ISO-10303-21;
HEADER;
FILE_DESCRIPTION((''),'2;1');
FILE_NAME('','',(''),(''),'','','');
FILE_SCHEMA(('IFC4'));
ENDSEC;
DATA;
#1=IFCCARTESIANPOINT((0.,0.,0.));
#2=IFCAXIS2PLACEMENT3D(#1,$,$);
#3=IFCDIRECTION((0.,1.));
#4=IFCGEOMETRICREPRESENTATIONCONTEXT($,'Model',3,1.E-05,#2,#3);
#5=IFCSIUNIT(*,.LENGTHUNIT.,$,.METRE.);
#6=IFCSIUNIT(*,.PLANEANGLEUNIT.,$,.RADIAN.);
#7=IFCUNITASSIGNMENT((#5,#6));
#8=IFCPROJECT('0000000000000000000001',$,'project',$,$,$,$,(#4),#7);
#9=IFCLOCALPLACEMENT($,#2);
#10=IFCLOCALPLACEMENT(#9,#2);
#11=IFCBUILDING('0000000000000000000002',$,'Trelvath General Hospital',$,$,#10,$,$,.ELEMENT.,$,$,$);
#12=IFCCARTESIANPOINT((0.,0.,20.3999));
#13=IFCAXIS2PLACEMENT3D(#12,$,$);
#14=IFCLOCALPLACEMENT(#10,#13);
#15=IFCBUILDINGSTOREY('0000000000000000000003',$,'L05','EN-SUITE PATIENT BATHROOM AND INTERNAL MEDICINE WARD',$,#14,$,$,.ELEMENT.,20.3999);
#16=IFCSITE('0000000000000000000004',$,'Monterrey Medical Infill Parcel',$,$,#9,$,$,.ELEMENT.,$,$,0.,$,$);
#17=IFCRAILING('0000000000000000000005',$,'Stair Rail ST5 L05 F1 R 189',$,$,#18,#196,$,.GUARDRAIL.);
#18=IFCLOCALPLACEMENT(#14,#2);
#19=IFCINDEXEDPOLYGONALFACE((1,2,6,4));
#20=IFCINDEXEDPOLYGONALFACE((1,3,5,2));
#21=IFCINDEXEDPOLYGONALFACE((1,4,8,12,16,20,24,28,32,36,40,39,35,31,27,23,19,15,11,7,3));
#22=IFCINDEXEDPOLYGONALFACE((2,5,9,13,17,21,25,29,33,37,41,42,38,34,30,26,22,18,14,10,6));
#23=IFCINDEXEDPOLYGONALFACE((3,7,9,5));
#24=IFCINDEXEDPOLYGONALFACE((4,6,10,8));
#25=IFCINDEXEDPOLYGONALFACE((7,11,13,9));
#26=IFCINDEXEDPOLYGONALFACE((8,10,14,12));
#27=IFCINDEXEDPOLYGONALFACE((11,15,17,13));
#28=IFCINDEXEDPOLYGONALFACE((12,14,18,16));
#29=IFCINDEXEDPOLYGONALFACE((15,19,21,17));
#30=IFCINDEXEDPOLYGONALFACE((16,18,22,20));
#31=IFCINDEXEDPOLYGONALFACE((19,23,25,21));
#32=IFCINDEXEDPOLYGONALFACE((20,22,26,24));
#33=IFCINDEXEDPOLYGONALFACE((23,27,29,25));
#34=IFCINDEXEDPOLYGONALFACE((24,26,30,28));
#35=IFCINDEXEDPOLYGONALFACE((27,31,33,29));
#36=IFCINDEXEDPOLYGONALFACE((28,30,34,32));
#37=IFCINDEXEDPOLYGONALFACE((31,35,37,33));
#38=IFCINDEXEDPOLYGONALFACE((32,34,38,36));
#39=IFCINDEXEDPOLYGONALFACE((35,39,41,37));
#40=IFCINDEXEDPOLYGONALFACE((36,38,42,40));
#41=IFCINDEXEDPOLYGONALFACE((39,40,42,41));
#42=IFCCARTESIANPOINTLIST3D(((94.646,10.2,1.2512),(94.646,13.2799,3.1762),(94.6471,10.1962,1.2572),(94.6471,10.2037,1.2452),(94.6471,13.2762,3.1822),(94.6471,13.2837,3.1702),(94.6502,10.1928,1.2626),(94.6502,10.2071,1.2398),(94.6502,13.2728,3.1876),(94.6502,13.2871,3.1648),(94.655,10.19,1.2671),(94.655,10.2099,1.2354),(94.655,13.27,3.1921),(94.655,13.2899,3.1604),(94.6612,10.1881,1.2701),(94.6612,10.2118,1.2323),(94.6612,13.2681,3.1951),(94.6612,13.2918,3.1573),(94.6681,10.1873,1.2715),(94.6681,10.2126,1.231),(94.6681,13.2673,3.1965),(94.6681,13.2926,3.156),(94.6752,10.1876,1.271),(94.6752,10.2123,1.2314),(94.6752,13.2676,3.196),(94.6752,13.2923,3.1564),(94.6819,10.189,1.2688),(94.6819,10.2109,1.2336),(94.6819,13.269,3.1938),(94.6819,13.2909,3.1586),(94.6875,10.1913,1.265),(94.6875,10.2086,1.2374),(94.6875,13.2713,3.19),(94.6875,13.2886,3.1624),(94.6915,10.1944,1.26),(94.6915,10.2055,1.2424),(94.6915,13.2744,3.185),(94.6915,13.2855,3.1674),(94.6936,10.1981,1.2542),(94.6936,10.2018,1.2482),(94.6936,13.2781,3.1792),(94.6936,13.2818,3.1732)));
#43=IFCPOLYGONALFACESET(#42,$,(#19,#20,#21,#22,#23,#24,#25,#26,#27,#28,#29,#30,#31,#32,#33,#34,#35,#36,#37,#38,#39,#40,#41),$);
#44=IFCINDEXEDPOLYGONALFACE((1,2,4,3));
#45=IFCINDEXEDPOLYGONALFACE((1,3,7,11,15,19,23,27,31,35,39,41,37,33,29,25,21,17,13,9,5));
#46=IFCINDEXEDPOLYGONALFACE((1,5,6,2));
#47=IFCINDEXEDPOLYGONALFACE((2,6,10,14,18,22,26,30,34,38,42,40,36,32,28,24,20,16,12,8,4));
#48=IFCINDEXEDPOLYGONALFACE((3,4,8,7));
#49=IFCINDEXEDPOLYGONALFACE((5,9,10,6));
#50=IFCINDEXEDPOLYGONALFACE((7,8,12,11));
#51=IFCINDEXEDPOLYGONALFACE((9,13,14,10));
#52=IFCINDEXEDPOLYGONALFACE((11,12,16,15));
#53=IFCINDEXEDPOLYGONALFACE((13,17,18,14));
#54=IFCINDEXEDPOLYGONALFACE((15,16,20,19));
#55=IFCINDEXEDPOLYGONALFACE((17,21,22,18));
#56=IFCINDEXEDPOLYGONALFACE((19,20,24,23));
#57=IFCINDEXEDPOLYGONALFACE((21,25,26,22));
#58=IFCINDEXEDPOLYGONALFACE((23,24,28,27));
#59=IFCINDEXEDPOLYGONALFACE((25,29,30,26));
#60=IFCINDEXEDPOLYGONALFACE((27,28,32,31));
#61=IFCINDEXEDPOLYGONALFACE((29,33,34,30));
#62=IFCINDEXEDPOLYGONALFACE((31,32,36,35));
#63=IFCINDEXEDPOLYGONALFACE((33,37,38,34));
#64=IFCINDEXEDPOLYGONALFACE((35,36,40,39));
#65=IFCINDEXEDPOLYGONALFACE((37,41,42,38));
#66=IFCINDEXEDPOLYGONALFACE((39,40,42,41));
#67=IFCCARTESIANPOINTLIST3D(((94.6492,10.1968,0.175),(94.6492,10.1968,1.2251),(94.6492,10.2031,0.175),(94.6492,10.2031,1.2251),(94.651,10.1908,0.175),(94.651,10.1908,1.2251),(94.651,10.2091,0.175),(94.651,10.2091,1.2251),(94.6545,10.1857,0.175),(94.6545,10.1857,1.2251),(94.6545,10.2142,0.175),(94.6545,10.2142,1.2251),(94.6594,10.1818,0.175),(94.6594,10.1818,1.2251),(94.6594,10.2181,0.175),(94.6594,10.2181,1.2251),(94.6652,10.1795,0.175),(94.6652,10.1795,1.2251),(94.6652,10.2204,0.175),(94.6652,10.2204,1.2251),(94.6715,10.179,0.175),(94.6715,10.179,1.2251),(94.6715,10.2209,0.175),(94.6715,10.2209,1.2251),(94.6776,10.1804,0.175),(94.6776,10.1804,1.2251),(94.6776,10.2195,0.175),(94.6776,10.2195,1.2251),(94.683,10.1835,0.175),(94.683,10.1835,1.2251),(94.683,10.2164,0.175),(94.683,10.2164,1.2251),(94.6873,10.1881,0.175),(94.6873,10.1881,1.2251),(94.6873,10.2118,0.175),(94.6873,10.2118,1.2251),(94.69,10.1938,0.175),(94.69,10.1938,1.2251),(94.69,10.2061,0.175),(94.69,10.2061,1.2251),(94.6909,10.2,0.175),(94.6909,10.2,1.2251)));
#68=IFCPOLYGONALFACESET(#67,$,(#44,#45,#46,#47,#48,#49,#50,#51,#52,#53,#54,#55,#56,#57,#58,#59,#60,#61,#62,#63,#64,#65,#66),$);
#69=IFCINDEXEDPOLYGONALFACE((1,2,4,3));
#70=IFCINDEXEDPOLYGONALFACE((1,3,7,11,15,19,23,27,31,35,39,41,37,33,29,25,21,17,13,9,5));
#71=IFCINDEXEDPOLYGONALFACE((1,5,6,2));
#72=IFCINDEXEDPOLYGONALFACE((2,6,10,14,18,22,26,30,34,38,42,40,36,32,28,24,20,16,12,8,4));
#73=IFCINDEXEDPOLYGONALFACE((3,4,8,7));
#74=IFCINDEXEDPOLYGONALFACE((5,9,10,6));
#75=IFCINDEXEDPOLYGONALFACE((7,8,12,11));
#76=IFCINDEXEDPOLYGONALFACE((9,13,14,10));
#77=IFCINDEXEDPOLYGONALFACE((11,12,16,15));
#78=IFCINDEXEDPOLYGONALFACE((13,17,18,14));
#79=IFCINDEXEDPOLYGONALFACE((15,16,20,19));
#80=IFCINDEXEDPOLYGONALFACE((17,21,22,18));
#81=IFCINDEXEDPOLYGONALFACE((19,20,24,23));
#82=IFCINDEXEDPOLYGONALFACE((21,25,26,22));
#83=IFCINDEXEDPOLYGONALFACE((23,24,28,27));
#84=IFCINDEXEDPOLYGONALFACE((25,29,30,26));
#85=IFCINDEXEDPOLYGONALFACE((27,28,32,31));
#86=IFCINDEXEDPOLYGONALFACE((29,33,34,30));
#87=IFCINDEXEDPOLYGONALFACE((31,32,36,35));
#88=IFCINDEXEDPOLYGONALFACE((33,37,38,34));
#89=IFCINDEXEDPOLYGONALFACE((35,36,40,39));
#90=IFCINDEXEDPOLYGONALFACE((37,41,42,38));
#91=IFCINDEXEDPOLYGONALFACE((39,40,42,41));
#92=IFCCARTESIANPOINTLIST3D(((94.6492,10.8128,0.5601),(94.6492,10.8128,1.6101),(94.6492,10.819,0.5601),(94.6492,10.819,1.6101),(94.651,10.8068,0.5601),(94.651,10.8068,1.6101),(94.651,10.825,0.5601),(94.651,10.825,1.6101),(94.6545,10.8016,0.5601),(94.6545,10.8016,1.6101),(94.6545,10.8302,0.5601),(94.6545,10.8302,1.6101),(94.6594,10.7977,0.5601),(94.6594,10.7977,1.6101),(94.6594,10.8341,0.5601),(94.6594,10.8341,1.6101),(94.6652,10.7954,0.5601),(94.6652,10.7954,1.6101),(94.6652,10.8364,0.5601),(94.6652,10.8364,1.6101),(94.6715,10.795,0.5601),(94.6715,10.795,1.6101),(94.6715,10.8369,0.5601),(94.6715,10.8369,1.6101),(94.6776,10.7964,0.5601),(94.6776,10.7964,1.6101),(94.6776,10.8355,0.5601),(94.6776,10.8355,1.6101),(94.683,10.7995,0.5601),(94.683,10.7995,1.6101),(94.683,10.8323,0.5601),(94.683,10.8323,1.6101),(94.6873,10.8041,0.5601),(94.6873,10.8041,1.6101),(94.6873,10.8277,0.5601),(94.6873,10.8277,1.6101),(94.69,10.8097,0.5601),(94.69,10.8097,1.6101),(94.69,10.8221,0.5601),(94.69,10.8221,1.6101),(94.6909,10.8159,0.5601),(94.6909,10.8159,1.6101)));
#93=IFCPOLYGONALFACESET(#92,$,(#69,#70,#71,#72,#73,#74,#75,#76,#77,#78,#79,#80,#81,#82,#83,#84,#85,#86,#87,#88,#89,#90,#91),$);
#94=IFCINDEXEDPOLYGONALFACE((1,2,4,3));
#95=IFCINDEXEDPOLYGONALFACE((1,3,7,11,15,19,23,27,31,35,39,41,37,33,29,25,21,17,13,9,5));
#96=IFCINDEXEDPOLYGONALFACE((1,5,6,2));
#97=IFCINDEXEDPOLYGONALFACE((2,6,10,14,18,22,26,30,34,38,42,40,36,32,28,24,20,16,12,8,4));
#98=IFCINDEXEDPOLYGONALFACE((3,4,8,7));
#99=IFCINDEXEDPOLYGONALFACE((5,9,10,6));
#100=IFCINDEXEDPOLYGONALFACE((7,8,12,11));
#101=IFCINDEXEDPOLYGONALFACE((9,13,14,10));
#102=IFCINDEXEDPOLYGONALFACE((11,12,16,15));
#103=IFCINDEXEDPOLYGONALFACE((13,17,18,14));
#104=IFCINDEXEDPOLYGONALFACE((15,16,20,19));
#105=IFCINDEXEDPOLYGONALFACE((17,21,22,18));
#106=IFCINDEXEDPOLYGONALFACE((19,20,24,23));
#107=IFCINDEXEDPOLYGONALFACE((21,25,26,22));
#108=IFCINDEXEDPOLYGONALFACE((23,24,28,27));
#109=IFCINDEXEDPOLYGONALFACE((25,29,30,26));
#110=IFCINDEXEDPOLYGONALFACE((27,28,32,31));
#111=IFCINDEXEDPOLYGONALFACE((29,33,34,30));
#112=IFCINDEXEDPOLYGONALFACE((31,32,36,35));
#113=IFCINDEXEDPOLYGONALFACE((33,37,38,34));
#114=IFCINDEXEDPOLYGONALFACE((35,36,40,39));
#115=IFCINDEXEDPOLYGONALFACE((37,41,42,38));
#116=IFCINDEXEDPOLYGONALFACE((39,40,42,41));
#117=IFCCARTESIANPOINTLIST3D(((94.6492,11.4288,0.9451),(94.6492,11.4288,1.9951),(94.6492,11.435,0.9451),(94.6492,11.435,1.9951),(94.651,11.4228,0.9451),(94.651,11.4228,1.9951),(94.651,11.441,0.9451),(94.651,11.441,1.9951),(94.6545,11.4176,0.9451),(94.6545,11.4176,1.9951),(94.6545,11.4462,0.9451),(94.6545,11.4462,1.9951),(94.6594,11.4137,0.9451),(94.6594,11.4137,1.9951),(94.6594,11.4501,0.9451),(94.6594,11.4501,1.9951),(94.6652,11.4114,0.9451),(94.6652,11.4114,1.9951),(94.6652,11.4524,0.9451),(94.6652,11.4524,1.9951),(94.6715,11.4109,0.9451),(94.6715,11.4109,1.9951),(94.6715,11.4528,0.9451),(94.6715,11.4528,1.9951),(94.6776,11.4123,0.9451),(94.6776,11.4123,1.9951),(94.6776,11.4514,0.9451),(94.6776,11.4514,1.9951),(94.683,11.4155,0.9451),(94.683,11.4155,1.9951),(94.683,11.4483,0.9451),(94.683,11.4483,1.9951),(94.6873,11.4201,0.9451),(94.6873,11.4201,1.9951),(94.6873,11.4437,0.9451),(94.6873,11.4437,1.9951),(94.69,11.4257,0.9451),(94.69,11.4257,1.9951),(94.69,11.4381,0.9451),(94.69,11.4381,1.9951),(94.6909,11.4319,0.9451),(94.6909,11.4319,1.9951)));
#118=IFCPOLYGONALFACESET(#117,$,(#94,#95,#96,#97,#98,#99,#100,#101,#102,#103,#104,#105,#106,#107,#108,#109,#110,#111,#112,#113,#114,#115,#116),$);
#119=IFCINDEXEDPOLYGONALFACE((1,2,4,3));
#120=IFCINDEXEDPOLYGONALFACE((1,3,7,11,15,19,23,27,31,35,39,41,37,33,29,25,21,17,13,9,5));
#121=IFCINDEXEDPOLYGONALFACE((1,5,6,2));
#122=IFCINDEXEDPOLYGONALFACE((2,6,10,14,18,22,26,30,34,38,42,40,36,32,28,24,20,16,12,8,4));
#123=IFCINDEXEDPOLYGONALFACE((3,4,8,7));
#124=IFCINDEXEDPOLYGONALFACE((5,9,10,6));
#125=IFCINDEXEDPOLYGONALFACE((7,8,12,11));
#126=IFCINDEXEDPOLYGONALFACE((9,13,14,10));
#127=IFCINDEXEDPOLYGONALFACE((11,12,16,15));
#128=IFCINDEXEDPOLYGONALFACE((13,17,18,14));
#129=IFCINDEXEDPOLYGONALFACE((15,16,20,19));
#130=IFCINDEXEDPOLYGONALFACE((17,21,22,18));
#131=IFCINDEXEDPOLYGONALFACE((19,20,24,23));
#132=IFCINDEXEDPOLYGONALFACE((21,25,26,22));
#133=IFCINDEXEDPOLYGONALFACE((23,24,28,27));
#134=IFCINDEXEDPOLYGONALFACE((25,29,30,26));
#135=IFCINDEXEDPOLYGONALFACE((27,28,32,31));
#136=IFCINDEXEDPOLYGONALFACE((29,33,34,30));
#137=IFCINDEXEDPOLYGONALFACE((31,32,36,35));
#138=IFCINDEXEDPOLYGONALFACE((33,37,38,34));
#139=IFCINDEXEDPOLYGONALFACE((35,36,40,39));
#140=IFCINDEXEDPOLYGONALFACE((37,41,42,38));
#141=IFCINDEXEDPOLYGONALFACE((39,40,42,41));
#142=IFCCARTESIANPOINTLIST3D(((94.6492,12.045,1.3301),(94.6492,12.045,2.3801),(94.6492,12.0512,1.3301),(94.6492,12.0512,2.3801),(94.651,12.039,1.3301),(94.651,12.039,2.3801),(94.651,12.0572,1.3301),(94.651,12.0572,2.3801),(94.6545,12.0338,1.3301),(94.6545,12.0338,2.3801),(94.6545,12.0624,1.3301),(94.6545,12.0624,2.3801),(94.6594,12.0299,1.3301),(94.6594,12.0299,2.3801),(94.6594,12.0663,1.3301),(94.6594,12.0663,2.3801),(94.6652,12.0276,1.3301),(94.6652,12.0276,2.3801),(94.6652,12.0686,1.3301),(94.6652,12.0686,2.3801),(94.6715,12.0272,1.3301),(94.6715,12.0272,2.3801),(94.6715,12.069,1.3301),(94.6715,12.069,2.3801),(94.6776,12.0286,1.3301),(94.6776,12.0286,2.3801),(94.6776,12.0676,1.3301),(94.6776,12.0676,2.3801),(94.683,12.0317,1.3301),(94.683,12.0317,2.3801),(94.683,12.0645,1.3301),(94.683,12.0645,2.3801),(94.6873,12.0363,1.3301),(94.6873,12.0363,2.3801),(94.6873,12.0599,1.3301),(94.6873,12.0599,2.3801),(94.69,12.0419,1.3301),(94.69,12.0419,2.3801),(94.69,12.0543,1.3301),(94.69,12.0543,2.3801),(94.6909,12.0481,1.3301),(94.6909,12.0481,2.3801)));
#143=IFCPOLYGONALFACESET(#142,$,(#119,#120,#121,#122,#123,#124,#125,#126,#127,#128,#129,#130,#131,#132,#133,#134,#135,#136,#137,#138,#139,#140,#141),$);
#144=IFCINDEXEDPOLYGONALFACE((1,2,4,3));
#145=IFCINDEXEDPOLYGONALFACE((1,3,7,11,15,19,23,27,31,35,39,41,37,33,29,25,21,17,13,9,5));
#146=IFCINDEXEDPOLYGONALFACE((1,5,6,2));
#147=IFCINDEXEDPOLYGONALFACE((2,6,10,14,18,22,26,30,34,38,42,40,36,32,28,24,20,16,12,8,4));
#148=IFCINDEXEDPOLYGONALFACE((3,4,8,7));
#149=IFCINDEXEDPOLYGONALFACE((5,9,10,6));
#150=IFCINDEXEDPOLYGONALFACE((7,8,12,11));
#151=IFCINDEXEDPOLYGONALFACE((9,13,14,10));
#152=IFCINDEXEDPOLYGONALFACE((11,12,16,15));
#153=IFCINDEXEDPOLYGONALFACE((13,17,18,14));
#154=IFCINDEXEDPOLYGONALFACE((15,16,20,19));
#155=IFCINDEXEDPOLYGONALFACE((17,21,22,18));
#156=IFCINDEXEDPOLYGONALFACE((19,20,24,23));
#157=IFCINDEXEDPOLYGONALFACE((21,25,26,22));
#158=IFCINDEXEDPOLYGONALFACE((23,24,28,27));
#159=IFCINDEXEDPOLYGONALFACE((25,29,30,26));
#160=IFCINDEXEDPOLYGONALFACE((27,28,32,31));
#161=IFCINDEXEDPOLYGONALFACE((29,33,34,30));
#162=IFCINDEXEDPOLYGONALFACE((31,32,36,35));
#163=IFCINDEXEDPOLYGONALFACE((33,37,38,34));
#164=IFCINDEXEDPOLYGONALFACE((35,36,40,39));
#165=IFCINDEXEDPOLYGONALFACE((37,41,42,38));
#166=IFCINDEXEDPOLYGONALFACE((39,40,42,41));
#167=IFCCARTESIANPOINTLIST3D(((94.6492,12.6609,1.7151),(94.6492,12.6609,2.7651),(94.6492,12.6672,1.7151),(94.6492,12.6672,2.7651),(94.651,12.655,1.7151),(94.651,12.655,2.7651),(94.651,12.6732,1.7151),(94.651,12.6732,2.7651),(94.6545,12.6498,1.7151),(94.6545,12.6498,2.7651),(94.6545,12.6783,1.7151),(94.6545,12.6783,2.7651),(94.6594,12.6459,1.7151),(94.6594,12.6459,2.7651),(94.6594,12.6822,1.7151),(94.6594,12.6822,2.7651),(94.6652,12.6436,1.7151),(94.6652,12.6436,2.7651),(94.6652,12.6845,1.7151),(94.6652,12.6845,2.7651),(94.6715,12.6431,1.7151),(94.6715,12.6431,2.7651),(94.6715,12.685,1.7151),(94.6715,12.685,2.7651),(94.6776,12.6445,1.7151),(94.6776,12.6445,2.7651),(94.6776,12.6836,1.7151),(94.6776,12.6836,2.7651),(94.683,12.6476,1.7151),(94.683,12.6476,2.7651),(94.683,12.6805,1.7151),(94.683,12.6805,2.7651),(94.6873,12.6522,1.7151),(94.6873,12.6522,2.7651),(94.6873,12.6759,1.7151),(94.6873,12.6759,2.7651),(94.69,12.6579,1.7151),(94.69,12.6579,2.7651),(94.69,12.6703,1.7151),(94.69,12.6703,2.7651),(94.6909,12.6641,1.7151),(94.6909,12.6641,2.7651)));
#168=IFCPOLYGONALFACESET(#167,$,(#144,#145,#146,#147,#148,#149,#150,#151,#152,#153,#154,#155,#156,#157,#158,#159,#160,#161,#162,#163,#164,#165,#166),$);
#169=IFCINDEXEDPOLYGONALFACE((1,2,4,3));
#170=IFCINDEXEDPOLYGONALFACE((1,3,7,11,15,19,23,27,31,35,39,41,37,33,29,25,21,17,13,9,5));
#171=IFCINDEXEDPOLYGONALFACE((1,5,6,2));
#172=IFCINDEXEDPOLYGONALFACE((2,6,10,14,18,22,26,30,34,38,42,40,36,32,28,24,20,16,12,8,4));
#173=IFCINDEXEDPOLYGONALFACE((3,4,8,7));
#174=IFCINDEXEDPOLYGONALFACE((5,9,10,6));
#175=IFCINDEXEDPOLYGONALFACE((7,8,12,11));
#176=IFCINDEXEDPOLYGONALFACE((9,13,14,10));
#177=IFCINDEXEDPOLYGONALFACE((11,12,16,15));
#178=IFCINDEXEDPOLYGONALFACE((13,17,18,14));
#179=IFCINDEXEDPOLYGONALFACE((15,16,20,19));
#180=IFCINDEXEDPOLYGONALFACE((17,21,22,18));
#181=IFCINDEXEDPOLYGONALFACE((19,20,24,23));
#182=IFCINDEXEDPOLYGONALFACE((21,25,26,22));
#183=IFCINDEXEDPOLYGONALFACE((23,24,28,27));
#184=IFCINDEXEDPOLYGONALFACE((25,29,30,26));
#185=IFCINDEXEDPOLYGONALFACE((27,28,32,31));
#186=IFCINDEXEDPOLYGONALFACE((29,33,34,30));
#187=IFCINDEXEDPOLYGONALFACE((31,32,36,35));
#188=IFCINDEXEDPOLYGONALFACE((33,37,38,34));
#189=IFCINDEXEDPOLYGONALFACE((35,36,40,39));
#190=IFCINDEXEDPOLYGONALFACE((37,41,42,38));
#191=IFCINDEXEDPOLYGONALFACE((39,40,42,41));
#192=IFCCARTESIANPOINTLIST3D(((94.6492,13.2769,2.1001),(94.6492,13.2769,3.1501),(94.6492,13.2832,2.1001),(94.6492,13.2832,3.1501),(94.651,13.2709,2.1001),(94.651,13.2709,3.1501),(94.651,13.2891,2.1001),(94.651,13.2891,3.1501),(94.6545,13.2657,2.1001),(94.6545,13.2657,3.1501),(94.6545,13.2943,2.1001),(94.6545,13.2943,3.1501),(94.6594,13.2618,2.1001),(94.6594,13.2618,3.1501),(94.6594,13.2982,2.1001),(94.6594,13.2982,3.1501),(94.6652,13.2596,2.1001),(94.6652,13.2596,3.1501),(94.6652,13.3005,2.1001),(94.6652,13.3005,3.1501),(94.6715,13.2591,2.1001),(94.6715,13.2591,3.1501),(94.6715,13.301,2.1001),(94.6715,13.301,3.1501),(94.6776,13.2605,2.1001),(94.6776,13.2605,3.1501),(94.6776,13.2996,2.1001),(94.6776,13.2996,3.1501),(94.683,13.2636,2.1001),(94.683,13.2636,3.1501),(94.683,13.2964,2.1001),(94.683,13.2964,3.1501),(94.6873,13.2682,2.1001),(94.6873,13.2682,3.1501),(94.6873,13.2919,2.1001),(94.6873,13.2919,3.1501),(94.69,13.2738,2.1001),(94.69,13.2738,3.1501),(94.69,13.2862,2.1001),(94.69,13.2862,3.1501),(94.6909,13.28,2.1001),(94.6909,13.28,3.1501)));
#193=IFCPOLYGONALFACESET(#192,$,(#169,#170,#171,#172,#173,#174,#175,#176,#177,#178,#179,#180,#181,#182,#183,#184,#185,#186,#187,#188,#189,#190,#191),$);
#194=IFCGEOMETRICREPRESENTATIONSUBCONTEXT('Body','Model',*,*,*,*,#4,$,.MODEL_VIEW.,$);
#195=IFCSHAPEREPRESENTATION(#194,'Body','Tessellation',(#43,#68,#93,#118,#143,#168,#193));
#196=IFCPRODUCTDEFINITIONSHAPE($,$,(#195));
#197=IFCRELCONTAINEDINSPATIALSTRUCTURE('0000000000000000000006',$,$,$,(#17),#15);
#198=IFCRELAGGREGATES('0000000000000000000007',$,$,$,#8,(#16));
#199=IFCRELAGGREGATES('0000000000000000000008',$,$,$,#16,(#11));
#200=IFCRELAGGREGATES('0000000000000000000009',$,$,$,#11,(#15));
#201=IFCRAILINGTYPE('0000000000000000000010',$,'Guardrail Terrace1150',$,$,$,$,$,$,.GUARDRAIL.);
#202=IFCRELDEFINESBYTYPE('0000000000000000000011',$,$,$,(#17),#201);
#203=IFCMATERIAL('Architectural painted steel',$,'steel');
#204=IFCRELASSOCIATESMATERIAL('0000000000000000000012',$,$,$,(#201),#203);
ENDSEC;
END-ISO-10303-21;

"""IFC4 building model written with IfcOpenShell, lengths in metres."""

from ifc_helpers import new_model, si_unit, direction, frame, origin, origin_2d, place, context, subcontext, project, spatial, circle, extrude, material, type_object, element, save


model = new_model("IFC4")

# Units and contexts
model_context = context("Model", 3, precision=1e-05, world=origin(), true_north=direction((0.0, 1.0)))
body_context = subcontext(model_context, "Body", "Model", "MODEL_VIEW")
ifc_project = project(units=[si_unit("LENGTHUNIT", "METRE"), si_unit("PLANEANGLEUNIT", "RADIAN")], contexts=[model_context])

# Site, building, storey
site_placement = place(None, origin())
site = spatial("IfcSite", under=ifc_project, at=site_placement, Name="Monterrey Medical Infill Parcel", CompositionType="ELEMENT", RefElevation=0.0)
building_placement = place(site_placement, origin())
building = spatial("IfcBuilding", under=site, at=building_placement, Name="Trelvath General Hospital", CompositionType="ELEMENT")
storey_placement = place(building_placement, frame((0.0, 0.0, 20.3999)))
storey = spatial("IfcBuildingStorey", under=building, at=storey_placement, Name="L05", Description="EN-SUITE PATIENT BATHROOM AND INTERNAL MEDICINE WARD", CompositionType="ELEMENT", Elevation=20.3999)

# Railing
ifc_material_1 = material(Name="Architectural painted steel", Category="steel")
railing_type_1 = type_object("IfcRailingType", Name="Guardrail Terrace1150", PredefinedType="GUARDRAIL", material=ifc_material_1)
railing_1_placement = place(storey_placement, frame((94.6699, 10.2, 0.175)))
element("IfcRailing", 1, at=railing_1_placement, inside=storey, type_object=railing_type_1, Name="Stair Rail ST5 L05 F1 R 189", PredefinedType="GUARDRAIL", context=body_context, shape_type="SweptSolid", body=[
    extrude(circle(Radius=0.0239, at=origin_2d()), frame((0.0, 0.0, 1.0762), z_axis=(0.0, 0.847998, 0.529999), x_axis=(-1.0, 0.0, 0.0)), (0.0, 0.0, 1.0), 3.6321),
    extrude(circle(Radius=0.021, at=origin_2d()), origin(), (0.0, 0.0, 1.0), 1.05),
    extrude(circle(Radius=0.021, at=origin_2d()), frame((0.0, 0.616, 0.385)), (0.0, 0.0, 1.0), 1.05),
    extrude(circle(Radius=0.021, at=origin_2d()), frame((0.0, 1.2319, 0.77)), (0.0, 0.0, 1.0), 1.05),
    extrude(circle(Radius=0.021, at=origin_2d()), frame((0.0, 1.8481, 1.155)), (0.0, 0.0, 1.0), 1.05),
    extrude(circle(Radius=0.021, at=origin_2d()), frame((0.0, 2.4641, 1.54)), (0.0, 0.0, 1.0), 1.05),
    extrude(circle(Radius=0.021, at=origin_2d()), frame((0.0, 3.0801, 1.925)), (0.0, 0.0, 1.0), 1.05),
])

save(model, "model.ifc")
